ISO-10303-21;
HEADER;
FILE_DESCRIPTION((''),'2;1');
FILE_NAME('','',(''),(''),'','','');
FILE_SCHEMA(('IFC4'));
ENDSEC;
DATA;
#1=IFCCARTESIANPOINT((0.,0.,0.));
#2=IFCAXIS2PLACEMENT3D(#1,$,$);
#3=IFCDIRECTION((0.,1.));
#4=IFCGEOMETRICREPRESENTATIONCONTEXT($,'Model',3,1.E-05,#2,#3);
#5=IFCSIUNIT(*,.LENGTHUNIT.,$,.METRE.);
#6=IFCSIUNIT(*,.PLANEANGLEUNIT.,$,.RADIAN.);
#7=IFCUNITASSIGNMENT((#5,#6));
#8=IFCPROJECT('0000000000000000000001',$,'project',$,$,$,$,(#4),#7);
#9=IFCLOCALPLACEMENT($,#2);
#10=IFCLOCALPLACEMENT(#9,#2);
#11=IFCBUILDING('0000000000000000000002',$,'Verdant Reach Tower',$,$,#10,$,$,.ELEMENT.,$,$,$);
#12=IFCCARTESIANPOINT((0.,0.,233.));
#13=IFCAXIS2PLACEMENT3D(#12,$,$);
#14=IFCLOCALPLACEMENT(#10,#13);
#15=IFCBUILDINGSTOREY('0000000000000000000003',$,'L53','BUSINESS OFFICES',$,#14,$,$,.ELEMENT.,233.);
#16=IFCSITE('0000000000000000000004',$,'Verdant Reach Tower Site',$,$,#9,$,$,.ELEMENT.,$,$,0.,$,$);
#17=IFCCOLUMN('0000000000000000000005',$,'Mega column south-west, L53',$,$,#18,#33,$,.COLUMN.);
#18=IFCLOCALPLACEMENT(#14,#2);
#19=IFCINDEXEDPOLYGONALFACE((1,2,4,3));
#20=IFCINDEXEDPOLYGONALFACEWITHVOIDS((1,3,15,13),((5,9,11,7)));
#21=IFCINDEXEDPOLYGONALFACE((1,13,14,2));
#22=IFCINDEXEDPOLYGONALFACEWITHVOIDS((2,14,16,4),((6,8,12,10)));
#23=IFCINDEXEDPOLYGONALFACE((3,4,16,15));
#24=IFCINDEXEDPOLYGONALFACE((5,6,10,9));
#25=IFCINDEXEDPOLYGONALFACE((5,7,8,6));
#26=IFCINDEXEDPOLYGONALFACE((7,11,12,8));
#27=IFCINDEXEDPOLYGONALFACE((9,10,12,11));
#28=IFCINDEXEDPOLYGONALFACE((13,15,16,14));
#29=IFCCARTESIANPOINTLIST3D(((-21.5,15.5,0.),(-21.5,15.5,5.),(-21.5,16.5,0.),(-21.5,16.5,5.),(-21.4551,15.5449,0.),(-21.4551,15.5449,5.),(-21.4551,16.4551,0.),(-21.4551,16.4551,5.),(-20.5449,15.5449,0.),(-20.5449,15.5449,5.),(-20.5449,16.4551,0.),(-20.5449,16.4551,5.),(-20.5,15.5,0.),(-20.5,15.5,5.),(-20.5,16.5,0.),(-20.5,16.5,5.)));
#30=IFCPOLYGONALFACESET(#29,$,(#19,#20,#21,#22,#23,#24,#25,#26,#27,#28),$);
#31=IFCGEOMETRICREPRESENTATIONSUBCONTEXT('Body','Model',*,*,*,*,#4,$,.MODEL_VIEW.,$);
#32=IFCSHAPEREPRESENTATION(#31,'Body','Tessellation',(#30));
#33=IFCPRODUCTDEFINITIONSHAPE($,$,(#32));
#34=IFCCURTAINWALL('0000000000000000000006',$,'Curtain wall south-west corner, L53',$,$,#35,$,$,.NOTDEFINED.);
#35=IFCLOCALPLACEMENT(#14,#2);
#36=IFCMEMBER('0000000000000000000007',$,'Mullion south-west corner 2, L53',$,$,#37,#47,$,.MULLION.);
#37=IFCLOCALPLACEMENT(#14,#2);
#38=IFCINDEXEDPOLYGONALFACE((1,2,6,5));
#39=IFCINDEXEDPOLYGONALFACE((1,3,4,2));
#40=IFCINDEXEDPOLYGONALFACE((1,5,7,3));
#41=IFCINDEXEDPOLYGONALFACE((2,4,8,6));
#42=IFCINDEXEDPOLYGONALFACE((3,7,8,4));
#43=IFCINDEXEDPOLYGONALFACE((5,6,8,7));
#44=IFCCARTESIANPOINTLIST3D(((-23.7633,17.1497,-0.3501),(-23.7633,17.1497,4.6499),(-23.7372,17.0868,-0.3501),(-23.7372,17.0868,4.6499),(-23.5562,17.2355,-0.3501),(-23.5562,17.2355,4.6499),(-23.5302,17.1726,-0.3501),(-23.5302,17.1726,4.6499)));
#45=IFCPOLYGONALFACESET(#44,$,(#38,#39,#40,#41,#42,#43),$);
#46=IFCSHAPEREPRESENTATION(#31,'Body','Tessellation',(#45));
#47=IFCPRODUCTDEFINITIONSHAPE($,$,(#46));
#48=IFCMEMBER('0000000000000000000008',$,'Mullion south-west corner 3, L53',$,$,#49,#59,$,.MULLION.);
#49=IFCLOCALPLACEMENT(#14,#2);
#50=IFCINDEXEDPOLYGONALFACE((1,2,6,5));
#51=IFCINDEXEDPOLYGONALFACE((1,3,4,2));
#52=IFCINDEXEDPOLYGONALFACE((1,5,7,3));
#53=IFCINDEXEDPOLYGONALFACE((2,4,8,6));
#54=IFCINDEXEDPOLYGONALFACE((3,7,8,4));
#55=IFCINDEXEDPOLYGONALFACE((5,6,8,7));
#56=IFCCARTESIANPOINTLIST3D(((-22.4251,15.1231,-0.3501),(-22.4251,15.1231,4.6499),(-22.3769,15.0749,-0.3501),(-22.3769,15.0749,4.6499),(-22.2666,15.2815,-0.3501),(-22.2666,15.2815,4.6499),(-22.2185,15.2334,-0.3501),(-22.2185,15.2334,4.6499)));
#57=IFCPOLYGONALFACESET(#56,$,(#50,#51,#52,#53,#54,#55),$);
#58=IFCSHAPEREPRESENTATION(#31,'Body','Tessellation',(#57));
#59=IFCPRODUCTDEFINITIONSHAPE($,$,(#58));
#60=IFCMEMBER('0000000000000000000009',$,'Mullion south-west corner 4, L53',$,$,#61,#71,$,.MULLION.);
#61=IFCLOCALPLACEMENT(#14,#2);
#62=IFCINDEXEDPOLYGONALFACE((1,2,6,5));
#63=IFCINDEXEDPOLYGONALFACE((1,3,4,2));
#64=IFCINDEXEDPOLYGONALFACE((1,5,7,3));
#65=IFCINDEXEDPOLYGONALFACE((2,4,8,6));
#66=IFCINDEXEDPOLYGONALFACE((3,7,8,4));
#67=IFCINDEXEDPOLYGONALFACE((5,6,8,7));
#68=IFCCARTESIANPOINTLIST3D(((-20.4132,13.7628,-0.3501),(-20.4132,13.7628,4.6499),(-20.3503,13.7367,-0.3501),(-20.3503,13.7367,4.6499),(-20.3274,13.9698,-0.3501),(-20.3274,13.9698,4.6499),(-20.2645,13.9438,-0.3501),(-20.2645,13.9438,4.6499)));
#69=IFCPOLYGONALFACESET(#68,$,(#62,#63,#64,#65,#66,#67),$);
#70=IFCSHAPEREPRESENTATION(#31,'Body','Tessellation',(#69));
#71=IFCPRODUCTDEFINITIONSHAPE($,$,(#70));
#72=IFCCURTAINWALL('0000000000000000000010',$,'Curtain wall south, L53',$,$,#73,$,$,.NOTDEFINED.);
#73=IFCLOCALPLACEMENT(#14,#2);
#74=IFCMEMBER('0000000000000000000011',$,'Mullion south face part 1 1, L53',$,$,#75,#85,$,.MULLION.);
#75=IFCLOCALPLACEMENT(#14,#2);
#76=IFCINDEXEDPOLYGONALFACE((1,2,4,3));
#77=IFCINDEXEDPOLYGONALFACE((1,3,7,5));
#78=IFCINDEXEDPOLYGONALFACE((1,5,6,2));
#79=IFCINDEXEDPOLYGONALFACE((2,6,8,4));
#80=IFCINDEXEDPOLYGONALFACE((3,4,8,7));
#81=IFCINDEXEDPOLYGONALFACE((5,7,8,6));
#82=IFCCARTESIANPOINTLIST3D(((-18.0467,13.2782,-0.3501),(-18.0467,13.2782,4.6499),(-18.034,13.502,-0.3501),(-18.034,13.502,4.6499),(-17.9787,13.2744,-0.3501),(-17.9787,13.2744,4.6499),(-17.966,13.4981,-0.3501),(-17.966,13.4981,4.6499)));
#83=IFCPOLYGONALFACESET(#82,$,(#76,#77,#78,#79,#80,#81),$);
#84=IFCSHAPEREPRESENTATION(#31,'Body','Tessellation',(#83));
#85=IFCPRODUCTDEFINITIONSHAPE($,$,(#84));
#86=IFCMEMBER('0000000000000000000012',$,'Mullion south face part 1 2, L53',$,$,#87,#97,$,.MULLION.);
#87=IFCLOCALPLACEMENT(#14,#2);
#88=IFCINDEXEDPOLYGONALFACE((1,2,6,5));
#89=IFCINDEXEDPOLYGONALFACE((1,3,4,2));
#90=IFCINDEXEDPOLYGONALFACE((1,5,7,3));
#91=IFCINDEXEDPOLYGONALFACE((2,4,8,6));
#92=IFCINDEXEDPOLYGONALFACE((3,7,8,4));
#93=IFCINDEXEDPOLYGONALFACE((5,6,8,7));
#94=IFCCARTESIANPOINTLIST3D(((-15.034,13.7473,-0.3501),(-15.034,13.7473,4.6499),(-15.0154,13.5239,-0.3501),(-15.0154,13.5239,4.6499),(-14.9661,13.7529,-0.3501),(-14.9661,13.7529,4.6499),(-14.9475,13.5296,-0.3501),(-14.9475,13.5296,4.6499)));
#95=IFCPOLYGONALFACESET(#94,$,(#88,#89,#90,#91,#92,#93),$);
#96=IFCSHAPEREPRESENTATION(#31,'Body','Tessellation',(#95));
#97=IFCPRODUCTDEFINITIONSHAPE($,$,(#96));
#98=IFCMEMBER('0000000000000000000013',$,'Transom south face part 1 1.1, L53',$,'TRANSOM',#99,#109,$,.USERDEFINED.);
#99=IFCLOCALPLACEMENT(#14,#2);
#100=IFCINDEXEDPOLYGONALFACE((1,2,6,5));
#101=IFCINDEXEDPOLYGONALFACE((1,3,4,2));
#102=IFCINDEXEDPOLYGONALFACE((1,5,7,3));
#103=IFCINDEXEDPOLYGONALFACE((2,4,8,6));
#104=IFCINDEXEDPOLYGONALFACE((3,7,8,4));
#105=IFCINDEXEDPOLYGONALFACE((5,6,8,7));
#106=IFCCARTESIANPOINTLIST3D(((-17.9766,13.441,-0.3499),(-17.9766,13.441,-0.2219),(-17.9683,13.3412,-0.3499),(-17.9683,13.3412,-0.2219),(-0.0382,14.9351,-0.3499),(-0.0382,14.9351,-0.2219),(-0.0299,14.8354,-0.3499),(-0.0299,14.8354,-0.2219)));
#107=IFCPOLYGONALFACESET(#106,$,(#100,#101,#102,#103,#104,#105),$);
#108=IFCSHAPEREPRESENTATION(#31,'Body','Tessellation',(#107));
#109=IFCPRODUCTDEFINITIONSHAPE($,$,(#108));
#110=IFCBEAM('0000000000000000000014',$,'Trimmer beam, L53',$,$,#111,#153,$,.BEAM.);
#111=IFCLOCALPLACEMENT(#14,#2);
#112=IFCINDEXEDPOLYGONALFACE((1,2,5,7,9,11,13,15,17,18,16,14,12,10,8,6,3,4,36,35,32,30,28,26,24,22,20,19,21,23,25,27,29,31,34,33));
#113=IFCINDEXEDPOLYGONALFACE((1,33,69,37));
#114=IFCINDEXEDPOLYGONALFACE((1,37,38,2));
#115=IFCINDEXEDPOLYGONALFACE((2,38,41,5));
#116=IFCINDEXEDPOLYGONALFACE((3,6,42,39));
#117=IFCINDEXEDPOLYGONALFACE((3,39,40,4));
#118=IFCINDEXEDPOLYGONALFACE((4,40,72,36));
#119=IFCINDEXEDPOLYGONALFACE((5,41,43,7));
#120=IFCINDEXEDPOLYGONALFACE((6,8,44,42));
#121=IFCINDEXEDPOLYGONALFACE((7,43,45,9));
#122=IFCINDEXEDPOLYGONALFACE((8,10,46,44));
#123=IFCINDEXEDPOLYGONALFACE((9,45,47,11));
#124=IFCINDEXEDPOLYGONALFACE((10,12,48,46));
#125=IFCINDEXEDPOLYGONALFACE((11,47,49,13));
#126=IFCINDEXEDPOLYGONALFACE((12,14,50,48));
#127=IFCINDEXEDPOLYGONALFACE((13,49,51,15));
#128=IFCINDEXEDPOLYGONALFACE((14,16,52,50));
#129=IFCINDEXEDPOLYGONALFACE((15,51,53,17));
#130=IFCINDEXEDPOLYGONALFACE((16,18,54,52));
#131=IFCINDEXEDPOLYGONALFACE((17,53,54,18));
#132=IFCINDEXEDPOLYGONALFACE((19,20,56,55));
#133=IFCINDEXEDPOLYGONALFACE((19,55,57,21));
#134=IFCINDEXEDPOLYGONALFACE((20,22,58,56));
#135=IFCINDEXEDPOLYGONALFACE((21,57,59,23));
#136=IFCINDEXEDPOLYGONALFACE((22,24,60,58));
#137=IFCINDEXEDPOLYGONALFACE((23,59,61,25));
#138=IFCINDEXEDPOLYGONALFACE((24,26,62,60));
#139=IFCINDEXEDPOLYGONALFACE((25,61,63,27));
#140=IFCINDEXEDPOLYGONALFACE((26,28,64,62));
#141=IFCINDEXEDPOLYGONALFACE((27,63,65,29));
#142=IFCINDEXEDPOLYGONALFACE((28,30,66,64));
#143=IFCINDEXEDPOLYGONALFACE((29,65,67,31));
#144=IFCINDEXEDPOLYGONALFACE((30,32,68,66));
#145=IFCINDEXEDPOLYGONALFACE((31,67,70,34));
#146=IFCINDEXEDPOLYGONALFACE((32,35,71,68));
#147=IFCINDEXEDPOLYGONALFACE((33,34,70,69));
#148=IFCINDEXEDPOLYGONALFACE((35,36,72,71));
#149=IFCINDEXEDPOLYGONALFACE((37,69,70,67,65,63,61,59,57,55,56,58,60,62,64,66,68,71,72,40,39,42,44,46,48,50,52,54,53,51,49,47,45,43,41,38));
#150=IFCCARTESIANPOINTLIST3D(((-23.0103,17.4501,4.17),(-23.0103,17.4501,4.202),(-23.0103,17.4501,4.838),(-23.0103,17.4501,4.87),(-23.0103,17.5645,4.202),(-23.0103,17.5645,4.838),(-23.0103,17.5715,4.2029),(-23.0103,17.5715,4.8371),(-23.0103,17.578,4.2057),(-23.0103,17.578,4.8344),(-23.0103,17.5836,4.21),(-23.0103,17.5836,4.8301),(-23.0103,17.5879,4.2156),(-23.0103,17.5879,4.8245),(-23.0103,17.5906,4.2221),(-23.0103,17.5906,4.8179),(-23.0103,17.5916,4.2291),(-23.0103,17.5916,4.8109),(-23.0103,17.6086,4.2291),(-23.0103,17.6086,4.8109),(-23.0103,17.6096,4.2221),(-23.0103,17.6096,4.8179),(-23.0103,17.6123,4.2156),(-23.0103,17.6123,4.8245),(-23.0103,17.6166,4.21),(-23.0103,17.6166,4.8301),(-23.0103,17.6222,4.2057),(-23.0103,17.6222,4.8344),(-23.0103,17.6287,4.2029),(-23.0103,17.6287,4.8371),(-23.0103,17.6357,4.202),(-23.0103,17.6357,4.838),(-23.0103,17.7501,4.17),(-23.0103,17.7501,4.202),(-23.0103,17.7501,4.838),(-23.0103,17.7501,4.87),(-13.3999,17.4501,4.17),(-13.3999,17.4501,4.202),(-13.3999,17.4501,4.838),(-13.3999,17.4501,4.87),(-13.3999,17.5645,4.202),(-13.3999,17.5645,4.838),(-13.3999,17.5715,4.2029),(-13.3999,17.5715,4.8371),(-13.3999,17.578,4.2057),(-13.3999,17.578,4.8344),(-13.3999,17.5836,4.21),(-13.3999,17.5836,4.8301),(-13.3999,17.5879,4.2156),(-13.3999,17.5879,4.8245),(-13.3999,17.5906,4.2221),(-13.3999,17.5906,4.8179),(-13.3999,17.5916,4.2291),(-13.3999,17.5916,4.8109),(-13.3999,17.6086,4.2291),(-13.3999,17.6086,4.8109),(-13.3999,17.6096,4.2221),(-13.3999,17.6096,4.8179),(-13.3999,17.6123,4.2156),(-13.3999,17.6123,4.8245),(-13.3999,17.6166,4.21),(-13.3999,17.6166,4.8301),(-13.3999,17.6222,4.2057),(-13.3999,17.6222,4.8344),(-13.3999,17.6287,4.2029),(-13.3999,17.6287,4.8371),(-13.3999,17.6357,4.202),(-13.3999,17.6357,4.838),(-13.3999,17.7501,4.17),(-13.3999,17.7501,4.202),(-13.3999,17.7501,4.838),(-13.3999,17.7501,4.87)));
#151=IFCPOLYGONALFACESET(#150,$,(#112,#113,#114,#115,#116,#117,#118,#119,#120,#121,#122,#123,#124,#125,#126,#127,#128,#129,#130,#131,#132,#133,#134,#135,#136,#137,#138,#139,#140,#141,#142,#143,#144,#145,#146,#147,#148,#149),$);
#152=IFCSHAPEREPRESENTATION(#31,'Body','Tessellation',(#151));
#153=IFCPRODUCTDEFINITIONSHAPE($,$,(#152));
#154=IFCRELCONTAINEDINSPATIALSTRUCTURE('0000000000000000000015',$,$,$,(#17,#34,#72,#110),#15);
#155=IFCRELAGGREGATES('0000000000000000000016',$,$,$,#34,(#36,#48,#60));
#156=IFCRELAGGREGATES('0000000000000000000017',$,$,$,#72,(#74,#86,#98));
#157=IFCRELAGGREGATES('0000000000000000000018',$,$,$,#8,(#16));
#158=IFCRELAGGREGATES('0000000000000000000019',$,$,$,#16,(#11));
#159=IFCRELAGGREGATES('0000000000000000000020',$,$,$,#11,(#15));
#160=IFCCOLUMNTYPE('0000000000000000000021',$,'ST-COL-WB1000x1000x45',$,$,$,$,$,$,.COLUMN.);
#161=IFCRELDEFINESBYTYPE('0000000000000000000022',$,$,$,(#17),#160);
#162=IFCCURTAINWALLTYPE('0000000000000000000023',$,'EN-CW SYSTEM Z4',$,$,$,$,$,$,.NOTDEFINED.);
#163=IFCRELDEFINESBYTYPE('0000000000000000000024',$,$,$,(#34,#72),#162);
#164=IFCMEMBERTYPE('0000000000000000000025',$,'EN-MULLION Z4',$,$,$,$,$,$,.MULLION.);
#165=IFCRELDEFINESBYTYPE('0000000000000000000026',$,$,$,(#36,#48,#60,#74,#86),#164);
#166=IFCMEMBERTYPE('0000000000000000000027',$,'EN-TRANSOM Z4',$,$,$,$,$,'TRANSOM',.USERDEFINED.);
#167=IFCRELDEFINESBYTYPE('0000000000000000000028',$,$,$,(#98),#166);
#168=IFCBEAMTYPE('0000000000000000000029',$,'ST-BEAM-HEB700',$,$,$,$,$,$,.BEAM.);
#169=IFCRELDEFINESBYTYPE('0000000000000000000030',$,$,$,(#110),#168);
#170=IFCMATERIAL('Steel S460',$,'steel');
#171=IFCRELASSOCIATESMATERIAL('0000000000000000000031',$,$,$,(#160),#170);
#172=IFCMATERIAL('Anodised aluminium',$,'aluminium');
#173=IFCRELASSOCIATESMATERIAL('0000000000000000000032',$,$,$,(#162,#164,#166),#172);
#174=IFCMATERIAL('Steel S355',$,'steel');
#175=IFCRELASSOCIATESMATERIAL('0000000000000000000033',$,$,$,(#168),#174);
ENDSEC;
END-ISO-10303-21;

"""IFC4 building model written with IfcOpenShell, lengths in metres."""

from ifc_helpers import new_model, si_unit, direction, frame, origin, origin_2d, place, context, subcontext, project, spatial, rectangle, hollow_rectangle, i_section, extrude, material, material_profile, profile_set, type_object, element, aggregate, save


model = new_model("IFC4")

# Units and contexts
model_context = context("Model", 3, precision=1e-05, world=origin(), true_north=direction((0.0, 1.0)))
body_context = subcontext(model_context, "Body", "Model", "MODEL_VIEW")
ifc_project = project(units=[si_unit("LENGTHUNIT", "METRE"), si_unit("PLANEANGLEUNIT", "RADIAN")], contexts=[model_context])

# Site, building, storey
site_placement = place(None, origin())
site = spatial("IfcSite", under=ifc_project, at=site_placement, Name="Verdant Reach Tower Site", CompositionType="ELEMENT", RefElevation=0.0)
building_placement = place(site_placement, origin())
building = spatial("IfcBuilding", under=site, at=building_placement, Name="Verdant Reach Tower", CompositionType="ELEMENT")
storey_placement = place(building_placement, frame((0.0, 0.0, 233.0)))
storey = spatial("IfcBuildingStorey", under=building, at=storey_placement, Name="L53", Description="BUSINESS OFFICES", CompositionType="ELEMENT", Elevation=233.0)

# Column
ifc_material_1 = material(Name="Steel S460", Category="steel")
ifc_material_profile_1 = material_profile(ifc_material_1, hollow_rectangle(XDim=1.0, YDim=1.0, WallThickness=0.0449, at=origin_2d()), Name="WB 1000x1000x45")
ifc_profile_set_1 = profile_set([ifc_material_profile_1], Name="Steel S460")
column_type = type_object("IfcColumnType", Name="ST-COL-WB1000x1000x45", PredefinedType="COLUMN", material=ifc_profile_set_1)
column_placement = place(storey_placement, frame((-21.0, 16.0, 0.0), z_axis=(0.0, 0.0, 1.0), x_axis=(1.0, 0.0, 0.0)))
element("IfcColumn", 1, at=column_placement, inside=storey, type_object=column_type, Name="Mega column south-west, L53", PredefinedType="COLUMN", context=body_context, shape_type="SweptSolid", body=[
    extrude(hollow_rectangle(XDim=1.0, YDim=1.0, WallThickness=0.0449, at=origin_2d()), origin(), (0.0, 0.0, 1.0), 5.0),
])

# Curtain walls, members
ifc_material_2 = material(Name="Anodised aluminium", Category="aluminium")
curtain_wall_type = type_object("IfcCurtainWallType", Name="EN-CW SYSTEM Z4", PredefinedType="NOTDEFINED", material=ifc_material_2)
curtain_wall_1_placement = place(storey_placement, origin())
curtain_wall_1 = element("IfcCurtainWall", 2, at=curtain_wall_1_placement, inside=storey, type_object=curtain_wall_type, Name="Curtain wall south-west corner, L53", PredefinedType="NOTDEFINED")
ifc_material_profile_2 = material_profile(ifc_material_2, rectangle(XDim=0.2241, YDim=0.0681, at=origin_2d()), Name="Mullion 68x224")
ifc_profile_set_2 = profile_set([ifc_material_profile_2], Name="Anodised aluminium")
member_type_1 = type_object("IfcMemberType", Name="EN-MULLION Z4", PredefinedType="MULLION", material=ifc_profile_set_2)
member_1_placement = place(storey_placement, frame((-23.6467, 17.1611, -0.3501), z_axis=(0.0, 0.0, 1.0), x_axis=(-0.923875, -0.382694, 0.0)))
member_1 = element("IfcMember", 3, at=member_1_placement, type_object=member_type_1, Name="Mullion south-west corner 2, L53", PredefinedType="MULLION", context=body_context, shape_type="SweptSolid", body=[
    extrude(rectangle(XDim=0.2241, YDim=0.0681, at=origin_2d()), origin(), (0.0, 0.0, 1.0), 5.0),
])
member_2_placement = place(storey_placement, frame((-22.3218, 15.1782, -0.3501), z_axis=(0.0, 0.0, 1.0), x_axis=(-0.707107, -0.707107, 0.0)))
member_2 = element("IfcMember", 4, at=member_2_placement, type_object=member_type_1, Name="Mullion south-west corner 3, L53", PredefinedType="MULLION", context=body_context, shape_type="SweptSolid", body=[
    extrude(rectangle(XDim=0.2241, YDim=0.0681, at=origin_2d()), origin(), (0.0, 0.0, 1.0), 5.0),
])
member_3_placement = place(storey_placement, frame((-20.3389, 13.8533, -0.3501), z_axis=(0.0, 0.0, 1.0), x_axis=(-0.382694, -0.923875, 0.0)))
member_3 = element("IfcMember", 5, at=member_3_placement, type_object=member_type_1, Name="Mullion south-west corner 4, L53", PredefinedType="MULLION", context=body_context, shape_type="SweptSolid", body=[
    extrude(rectangle(XDim=0.2241, YDim=0.0681, at=origin_2d()), origin(), (0.0, 0.0, 1.0), 5.0),
])
curtain_wall_2_placement = place(storey_placement, origin())
curtain_wall_2 = element("IfcCurtainWall", 6, at=curtain_wall_2_placement, inside=storey, type_object=curtain_wall_type, Name="Curtain wall south, L53", PredefinedType="NOTDEFINED")
member_4_placement = place(storey_placement, frame((-18.0063, 13.3882, -0.3501), z_axis=(0.0, 0.0, 1.0), x_axis=(-0.056569, -0.998399, 0.0)))
member_4 = element("IfcMember", 7, at=member_4_placement, type_object=member_type_1, Name="Mullion south face part 1 1, L53", PredefinedType="MULLION", context=body_context, shape_type="SweptSolid", body=[
    extrude(rectangle(XDim=0.2241, YDim=0.0681, at=origin_2d()), origin(), (0.0, 0.0, 1.0), 5.0),
])
member_5_placement = place(storey_placement, frame((-14.9907, 13.6384, -0.3501), z_axis=(0.0, 0.0, 1.0), x_axis=(0.083045, -0.996546, 0.0)))
member_5 = element("IfcMember", 8, at=member_5_placement, type_object=member_type_1, Name="Mullion south face part 1 2, L53", PredefinedType="MULLION", context=body_context, shape_type="SweptSolid", body=[
    extrude(rectangle(XDim=0.2241, YDim=0.0681, at=origin_2d()), origin(), (0.0, 0.0, 1.0), 5.0),
])
ifc_material_profile_3 = material_profile(ifc_material_2, rectangle(XDim=0.1001, YDim=0.1279, at=origin_2d()), Name="Transom 128x100")
ifc_profile_set_3 = profile_set([ifc_material_profile_3], Name="Anodised aluminium")
member_type_2 = type_object("IfcMemberType", Name="EN-TRANSOM Z4", ElementType="TRANSOM", PredefinedType="USERDEFINED", material=ifc_profile_set_3)
member_6_placement = place(storey_placement, frame((-17.9724, 13.3911, -0.2859), z_axis=(0.996549, 0.083005, 0.0), x_axis=(-0.083005, 0.996549, 0.0)))
member_6 = element("IfcMember", 9, at=member_6_placement, type_object=member_type_2, Name="Transom south face part 1 1.1, L53", ObjectType="TRANSOM", PredefinedType="USERDEFINED", context=body_context, shape_type="SweptSolid", body=[
    extrude(rectangle(XDim=0.1001, YDim=0.1279, at=origin_2d()), origin(), (0.0, 0.0, 1.0), 18.0005),
])

# Beam
ifc_material_3 = material(Name="Steel S355", Category="steel")
ifc_material_profile_4 = material_profile(ifc_material_3, i_section(OverallWidth=0.3, OverallDepth=0.7, WebThickness=0.0171, FlangeThickness=0.032, FilletRadius=0.0271, at=origin_2d()), Name="HEB 700")
ifc_profile_set_4 = profile_set([ifc_material_profile_4], Name="Steel S355")
beam_type_1 = type_object("IfcBeamType", Name="ST-BEAM-HEB700", PredefinedType="BEAM", material=ifc_profile_set_4)
beam_1_placement = place(storey_placement, frame((-13.3999, 17.6001, 4.52), z_axis=(-1.0, 0.0, 0.0), x_axis=(0.0, -1.0, 0.0)))
element("IfcBeam", 10, at=beam_1_placement, inside=storey, type_object=beam_type_1, Name="Trimmer beam, L53", PredefinedType="BEAM", context=body_context, shape_type="SweptSolid", body=[
    extrude(i_section(OverallWidth=0.3, OverallDepth=0.7, WebThickness=0.0171, FlangeThickness=0.032, FilletRadius=0.0271, at=origin_2d()), origin(), (0.0, 0.0, 1.0), 9.6104),
])

aggregate(curtain_wall_1, [member_1, member_2, member_3])
aggregate(curtain_wall_2, [member_4, member_5, member_6])

save(model, "model.ifc")
